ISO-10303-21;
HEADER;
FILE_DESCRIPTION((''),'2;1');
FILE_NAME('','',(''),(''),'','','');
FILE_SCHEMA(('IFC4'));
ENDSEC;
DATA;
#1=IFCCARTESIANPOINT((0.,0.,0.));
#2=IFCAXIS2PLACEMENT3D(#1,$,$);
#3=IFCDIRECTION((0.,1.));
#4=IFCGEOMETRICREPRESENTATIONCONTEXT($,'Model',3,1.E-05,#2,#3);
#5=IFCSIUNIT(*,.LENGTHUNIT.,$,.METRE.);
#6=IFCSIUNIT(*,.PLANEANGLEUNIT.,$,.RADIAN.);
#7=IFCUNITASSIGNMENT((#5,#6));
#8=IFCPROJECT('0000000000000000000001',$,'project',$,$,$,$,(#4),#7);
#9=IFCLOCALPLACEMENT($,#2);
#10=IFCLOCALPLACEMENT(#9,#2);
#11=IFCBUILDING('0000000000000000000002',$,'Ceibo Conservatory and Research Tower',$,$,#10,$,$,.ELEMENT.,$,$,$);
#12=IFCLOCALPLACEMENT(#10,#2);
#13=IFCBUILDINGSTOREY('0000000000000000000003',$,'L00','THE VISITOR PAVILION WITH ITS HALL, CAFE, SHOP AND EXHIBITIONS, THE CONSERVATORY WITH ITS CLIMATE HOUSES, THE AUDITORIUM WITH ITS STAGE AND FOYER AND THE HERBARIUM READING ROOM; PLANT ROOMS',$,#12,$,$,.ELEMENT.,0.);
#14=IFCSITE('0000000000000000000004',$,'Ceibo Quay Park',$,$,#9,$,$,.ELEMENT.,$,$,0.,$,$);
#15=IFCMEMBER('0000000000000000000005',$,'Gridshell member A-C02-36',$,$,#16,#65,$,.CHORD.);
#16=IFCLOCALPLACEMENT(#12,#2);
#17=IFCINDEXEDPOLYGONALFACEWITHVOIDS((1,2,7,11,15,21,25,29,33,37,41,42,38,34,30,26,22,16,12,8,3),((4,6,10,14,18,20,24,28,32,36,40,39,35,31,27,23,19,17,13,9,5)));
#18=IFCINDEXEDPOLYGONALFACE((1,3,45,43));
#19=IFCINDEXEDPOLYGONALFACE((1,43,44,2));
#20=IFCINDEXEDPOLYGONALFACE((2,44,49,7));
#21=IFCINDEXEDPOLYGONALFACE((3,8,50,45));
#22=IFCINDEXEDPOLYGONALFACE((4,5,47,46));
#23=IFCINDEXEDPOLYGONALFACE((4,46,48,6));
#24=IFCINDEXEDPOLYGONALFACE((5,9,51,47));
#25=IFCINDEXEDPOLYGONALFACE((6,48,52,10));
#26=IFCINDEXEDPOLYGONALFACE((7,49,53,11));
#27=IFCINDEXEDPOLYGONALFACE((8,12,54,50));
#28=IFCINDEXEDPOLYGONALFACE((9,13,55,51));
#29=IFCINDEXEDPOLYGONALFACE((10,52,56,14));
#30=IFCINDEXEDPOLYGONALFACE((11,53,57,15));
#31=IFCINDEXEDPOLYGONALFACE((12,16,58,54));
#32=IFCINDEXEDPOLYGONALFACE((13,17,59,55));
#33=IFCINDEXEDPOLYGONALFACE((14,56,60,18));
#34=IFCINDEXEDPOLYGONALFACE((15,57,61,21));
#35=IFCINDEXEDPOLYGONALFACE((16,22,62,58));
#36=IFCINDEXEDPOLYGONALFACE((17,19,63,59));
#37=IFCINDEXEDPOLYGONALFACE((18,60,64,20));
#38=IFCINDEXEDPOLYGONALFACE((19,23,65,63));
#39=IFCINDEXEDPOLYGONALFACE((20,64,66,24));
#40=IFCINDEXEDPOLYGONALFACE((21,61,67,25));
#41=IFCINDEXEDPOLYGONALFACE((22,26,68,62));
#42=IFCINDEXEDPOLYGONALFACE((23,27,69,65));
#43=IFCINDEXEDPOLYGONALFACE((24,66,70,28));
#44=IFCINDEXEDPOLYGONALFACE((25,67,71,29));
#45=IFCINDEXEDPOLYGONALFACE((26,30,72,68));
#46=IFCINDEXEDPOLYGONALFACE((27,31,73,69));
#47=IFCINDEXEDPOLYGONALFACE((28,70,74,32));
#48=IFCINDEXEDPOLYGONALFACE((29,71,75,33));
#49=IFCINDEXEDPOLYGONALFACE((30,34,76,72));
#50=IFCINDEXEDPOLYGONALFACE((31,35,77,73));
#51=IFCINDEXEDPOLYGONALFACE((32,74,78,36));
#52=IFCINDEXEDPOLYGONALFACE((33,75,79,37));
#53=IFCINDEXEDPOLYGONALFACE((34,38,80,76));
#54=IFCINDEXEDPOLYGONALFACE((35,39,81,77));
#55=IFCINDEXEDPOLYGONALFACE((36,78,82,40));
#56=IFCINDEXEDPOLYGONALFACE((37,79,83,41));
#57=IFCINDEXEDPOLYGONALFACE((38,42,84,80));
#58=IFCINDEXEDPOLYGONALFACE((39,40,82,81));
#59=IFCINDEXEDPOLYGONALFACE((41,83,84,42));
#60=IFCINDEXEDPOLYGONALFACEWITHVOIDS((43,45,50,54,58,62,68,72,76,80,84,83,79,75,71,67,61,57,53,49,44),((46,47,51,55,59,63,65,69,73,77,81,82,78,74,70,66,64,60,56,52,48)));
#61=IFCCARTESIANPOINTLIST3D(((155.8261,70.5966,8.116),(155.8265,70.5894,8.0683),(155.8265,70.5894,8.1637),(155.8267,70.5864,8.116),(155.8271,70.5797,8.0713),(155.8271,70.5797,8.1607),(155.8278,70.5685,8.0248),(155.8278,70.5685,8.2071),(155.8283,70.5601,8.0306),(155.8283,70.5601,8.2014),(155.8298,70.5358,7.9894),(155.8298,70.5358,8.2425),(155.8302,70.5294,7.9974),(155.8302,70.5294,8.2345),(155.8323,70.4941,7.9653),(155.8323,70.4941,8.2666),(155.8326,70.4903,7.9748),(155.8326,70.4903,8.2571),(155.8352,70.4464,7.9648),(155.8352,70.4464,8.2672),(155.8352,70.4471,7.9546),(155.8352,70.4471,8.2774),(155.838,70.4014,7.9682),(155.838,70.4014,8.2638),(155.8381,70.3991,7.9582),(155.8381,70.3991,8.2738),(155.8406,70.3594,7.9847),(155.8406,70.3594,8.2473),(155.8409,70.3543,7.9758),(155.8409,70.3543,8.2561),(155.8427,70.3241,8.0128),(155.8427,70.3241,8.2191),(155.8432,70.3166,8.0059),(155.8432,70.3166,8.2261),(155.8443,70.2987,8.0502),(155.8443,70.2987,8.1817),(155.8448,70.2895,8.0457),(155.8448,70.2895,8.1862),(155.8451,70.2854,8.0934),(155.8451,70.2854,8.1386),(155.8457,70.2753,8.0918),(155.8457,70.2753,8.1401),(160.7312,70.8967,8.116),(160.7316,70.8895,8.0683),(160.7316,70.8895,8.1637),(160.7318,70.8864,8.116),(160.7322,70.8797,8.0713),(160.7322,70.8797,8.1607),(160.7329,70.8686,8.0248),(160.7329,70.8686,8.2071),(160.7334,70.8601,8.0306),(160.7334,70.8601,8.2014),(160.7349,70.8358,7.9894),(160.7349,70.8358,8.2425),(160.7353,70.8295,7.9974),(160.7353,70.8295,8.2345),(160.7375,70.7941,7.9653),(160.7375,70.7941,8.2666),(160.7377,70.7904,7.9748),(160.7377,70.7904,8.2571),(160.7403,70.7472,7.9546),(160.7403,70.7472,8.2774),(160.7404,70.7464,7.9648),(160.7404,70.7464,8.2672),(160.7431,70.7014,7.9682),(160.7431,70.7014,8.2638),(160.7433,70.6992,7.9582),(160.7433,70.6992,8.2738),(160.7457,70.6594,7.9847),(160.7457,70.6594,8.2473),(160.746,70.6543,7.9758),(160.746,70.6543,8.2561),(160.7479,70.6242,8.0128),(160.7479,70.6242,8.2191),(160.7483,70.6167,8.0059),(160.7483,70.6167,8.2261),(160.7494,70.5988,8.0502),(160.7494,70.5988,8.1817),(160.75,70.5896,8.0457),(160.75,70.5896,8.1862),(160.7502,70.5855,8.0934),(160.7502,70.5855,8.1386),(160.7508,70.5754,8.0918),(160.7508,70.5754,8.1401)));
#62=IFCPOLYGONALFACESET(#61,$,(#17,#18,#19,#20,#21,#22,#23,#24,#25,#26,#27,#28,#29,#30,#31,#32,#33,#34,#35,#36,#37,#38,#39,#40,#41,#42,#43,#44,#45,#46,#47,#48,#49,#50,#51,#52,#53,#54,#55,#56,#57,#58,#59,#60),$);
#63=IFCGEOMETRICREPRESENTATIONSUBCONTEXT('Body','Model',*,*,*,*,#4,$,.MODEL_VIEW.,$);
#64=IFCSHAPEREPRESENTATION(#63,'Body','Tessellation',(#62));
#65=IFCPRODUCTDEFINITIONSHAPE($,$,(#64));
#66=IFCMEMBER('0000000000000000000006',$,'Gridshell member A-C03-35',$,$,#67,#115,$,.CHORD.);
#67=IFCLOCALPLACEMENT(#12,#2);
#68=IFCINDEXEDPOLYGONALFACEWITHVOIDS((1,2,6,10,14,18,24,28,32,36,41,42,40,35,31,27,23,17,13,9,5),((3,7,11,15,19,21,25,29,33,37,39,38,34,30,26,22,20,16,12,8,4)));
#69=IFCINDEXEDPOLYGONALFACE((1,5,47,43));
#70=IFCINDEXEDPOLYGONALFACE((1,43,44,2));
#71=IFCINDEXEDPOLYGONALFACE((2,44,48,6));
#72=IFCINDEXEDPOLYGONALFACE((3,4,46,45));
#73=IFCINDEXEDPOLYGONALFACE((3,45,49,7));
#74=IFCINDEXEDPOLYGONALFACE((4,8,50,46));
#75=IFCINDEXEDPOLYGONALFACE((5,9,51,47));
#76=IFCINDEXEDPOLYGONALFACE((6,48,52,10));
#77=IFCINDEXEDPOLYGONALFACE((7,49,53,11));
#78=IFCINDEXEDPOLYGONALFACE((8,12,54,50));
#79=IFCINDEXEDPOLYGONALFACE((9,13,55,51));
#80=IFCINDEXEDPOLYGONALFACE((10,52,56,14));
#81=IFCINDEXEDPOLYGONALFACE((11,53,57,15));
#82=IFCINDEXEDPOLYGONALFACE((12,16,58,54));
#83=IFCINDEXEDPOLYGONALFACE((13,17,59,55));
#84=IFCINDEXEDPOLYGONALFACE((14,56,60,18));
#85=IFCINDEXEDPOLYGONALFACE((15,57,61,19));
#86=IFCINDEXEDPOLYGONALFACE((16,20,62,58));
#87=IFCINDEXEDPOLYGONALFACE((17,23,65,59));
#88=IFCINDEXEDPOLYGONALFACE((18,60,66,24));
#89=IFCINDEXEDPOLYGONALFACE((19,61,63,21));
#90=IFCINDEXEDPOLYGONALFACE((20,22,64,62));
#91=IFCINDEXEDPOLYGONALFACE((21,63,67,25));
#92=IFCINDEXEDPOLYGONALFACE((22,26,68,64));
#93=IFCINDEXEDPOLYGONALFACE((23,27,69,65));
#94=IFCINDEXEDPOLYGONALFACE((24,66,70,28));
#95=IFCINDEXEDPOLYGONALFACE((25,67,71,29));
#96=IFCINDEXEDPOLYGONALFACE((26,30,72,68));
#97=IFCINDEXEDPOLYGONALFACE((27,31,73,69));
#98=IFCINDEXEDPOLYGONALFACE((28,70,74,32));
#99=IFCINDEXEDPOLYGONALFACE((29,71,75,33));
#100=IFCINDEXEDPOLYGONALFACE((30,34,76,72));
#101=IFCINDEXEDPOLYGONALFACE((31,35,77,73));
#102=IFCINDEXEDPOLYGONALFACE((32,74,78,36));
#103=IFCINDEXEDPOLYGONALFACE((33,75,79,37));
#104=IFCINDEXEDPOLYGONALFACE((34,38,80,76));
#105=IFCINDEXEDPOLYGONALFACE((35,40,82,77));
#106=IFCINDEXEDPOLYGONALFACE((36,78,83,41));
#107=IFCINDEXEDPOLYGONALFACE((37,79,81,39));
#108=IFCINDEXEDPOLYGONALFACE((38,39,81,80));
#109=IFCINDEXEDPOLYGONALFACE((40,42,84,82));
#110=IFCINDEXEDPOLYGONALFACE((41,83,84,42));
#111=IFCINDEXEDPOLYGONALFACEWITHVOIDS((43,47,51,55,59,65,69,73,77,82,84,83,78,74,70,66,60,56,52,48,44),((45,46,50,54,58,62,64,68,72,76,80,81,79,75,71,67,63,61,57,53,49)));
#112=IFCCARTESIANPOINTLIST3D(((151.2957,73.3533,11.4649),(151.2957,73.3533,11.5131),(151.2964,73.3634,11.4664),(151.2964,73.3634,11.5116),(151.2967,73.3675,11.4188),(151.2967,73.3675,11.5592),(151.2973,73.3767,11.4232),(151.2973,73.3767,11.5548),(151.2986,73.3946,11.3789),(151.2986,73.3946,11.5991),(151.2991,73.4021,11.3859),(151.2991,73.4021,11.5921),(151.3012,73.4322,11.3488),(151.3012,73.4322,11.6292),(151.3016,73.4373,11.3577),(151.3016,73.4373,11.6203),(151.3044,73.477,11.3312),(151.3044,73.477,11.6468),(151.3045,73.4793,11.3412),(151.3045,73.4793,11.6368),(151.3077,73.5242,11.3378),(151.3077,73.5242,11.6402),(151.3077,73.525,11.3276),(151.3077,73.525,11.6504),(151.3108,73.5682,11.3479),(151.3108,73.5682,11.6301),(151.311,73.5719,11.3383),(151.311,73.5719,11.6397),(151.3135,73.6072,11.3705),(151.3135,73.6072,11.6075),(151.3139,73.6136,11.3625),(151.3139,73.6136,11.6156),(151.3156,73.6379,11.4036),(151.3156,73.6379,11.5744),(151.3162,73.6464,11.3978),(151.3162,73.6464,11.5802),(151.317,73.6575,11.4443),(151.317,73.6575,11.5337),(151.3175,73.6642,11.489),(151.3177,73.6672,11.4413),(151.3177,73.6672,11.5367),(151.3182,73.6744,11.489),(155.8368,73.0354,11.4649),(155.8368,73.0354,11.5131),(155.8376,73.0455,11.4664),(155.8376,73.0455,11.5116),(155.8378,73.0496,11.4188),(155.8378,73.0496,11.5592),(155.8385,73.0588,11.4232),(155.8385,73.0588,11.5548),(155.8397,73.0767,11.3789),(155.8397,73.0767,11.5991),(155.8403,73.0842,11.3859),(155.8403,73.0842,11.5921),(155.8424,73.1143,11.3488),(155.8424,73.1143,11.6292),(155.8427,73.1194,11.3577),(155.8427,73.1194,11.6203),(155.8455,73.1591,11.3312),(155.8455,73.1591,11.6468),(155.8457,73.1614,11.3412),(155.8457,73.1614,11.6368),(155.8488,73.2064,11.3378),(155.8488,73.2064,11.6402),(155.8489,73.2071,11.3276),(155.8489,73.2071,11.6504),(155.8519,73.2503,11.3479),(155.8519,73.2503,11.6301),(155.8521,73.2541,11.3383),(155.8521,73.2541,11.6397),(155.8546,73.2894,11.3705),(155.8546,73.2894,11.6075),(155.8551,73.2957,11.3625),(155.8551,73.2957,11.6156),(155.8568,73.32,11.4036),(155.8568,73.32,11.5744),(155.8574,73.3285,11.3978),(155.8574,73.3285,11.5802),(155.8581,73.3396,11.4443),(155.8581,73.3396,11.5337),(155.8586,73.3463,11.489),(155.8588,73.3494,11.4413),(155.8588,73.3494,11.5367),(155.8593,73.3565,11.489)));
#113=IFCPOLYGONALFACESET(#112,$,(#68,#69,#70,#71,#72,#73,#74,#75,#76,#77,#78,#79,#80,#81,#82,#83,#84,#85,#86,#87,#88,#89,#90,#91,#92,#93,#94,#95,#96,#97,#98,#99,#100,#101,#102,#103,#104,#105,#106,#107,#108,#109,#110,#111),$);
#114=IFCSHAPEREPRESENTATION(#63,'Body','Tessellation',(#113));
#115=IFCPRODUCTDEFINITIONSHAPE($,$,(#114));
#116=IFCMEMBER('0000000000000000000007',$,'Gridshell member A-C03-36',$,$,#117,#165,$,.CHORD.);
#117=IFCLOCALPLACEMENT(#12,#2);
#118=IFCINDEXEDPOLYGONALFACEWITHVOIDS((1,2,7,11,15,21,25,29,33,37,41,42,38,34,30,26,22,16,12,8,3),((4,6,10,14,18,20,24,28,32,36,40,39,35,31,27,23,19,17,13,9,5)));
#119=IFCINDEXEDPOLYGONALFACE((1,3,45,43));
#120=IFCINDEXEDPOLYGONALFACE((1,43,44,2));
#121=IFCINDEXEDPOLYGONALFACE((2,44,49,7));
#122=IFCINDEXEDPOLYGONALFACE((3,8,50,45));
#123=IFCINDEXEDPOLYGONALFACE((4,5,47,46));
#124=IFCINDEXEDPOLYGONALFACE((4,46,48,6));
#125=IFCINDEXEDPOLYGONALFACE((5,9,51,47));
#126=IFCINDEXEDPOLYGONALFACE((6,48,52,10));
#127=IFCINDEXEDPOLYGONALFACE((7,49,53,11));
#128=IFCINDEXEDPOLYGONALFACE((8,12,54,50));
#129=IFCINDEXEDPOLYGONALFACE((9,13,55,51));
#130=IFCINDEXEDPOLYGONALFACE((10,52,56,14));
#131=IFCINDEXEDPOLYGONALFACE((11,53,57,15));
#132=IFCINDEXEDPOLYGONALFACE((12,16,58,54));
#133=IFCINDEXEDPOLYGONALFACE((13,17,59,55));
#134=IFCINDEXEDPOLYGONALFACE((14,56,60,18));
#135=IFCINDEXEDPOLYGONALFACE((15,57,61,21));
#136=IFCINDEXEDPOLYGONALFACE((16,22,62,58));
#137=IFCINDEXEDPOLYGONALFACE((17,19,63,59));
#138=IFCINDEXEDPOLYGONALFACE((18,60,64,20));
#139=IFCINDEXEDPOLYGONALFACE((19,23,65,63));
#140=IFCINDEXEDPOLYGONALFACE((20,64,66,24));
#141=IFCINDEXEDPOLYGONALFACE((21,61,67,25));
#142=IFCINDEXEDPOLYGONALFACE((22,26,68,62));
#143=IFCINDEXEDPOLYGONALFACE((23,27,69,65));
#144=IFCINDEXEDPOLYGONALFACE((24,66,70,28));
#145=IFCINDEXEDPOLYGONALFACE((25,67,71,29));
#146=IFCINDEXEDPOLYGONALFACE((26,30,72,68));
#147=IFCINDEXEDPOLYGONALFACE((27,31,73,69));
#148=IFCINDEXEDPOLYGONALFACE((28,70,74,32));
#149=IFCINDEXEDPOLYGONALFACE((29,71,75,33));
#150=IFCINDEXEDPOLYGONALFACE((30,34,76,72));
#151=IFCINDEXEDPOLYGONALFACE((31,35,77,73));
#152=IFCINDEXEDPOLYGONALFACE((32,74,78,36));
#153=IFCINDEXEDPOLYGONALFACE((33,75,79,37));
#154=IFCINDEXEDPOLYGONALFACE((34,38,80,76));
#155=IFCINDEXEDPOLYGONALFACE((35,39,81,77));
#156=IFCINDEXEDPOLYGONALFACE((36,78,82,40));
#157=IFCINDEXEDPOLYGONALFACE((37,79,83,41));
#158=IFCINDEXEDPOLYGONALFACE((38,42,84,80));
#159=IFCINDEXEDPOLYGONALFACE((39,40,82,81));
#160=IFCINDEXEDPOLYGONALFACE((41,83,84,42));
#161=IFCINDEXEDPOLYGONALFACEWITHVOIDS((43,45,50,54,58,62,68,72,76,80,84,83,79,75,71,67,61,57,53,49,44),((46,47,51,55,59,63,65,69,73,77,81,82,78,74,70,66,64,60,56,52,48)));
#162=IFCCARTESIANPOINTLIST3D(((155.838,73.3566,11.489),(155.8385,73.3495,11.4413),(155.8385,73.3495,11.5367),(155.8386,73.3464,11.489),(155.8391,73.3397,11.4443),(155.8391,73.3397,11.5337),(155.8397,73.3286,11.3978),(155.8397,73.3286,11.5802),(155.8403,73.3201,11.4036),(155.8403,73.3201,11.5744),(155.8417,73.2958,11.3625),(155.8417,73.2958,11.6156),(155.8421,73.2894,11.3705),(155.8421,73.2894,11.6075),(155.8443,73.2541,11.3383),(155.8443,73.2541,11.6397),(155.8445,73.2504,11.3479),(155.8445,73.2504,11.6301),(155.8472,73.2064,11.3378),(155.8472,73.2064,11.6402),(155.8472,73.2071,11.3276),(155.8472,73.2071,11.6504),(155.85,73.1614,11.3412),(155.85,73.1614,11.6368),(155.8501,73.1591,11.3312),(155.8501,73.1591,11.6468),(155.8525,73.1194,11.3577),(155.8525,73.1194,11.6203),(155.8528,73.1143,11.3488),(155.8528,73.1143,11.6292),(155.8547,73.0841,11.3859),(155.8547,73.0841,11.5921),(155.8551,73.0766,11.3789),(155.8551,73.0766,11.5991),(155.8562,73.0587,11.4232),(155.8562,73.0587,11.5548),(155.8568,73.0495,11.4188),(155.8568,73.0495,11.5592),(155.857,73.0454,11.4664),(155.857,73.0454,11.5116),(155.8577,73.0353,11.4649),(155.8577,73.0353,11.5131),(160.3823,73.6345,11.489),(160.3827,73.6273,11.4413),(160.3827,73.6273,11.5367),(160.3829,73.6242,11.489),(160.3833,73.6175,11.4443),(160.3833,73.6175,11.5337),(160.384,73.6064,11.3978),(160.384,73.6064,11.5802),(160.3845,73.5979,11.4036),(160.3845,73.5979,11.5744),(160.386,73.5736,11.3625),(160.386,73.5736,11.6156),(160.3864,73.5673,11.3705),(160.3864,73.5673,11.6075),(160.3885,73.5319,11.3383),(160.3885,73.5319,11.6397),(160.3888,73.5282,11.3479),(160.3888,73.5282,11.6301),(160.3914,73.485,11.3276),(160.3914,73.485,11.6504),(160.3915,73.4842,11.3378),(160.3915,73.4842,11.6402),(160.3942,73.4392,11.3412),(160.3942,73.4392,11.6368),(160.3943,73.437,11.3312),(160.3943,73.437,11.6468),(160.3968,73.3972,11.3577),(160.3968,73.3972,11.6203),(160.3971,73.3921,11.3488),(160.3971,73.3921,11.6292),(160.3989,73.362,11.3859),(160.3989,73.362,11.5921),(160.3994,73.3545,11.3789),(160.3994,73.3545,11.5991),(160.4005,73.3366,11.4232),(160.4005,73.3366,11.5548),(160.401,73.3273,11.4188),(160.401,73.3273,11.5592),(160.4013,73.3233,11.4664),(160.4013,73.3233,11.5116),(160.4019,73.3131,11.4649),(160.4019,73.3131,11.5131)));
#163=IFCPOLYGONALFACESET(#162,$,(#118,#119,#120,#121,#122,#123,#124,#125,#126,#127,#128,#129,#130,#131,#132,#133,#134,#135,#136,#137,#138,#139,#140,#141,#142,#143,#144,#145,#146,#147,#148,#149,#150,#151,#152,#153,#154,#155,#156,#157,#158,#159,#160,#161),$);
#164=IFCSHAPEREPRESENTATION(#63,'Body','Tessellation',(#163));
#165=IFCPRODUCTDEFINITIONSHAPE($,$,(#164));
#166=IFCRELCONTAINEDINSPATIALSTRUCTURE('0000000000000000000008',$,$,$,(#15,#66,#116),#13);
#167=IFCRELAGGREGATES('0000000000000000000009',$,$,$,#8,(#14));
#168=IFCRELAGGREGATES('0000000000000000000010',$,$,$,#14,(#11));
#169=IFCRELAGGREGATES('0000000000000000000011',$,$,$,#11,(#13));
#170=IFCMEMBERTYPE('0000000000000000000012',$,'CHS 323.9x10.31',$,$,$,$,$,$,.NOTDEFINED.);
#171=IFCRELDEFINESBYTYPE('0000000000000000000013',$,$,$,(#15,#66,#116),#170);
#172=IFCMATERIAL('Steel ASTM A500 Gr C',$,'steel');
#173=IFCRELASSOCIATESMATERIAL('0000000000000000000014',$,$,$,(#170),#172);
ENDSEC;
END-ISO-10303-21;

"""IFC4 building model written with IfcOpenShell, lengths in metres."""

from ifc_helpers import new_model, si_unit, direction, frame, origin, origin_2d, place, context, subcontext, project, spatial, hollow_circle, extrude, material, material_profile, profile_set, type_object, element, save


model = new_model("IFC4")

# Units and contexts
model_context = context("Model", 3, precision=1e-05, world=origin(), true_north=direction((0.0, 1.0)))
body_context = subcontext(model_context, "Body", "Model", "MODEL_VIEW")
ifc_project = project(units=[si_unit("LENGTHUNIT", "METRE"), si_unit("PLANEANGLEUNIT", "RADIAN")], contexts=[model_context])

# Site, building, storey
site_placement = place(None, origin())
site = spatial("IfcSite", under=ifc_project, at=site_placement, Name="Ceibo Quay Park", CompositionType="ELEMENT", RefElevation=0.0)
building_placement = place(site_placement, origin())
building = spatial("IfcBuilding", under=site, at=building_placement, Name="Ceibo Conservatory and Research Tower", CompositionType="ELEMENT")
storey_placement = place(building_placement, origin())
storey = spatial("IfcBuildingStorey", under=building, at=storey_placement, Name="L00", Description="THE VISITOR PAVILION WITH ITS HALL, CAFE, SHOP AND EXHIBITIONS, THE CONSERVATORY WITH ITS CLIMATE HOUSES, THE AUDITORIUM WITH ITS STAGE AND FOYER AND THE HERBARIUM READING ROOM; PLANT ROOMS", CompositionType="ELEMENT", Elevation=0.0)

# Members
ifc_material_1 = material(Name="Steel ASTM A500 Gr C", Category="steel")
ifc_material_profile_1 = material_profile(ifc_material_1, hollow_circle(Radius=0.1619, WallThickness=0.0103, at=origin_2d()), Name="CHS 323.9x10.31")
ifc_profile_set_1 = profile_set([ifc_material_profile_1], Name="Steel ASTM A500 Gr C")
member_type_1 = type_object("IfcMemberType", Name="CHS 323.9x10.31", PredefinedType="NOTDEFINED", material=ifc_profile_set_1)
member_1_placement = place(storey_placement, frame((155.8359, 70.4351, 8.116), z_axis=(0.998134, 0.061058, 0.0), x_axis=(-0.061058, 0.998134, 0.0)))
element("IfcMember", 1, at=member_1_placement, inside=storey, type_object=member_type_1, Name="Gridshell member A-C02-36", PredefinedType="CHORD", context=body_context, shape_type="SweptSolid", body=[
    extrude(hollow_circle(Radius=0.1619, WallThickness=0.0103, at=origin_2d()), origin(), (0.0, 0.0, 1.0), 4.9143),
])
member_2_placement = place(storey_placement, frame((151.3069, 73.5129, 11.489), z_axis=(0.997559, -0.069829, 0.0), x_axis=(0.069829, 0.997559, 0.0)))
element("IfcMember", 2, at=member_2_placement, inside=storey, type_object=member_type_1, Name="Gridshell member A-C03-35", PredefinedType="CHORD", context=body_context, shape_type="SweptSolid", body=[
    extrude(hollow_circle(Radius=0.1619, WallThickness=0.0103, at=origin_2d()), origin(), (0.0, 0.0, 1.0), 4.5522),
])
for number, where, z_axis, x_axis, name in (
    (3, (155.8479, 73.1951, 11.489), (0.998136, 0.061026, 0.0), (-0.061026, 0.998136, 0.0), "Gridshell member A-C03-36"),
):
    element("IfcMember", number, at=place(storey_placement, frame(where, z_axis=z_axis, x_axis=x_axis)), inside=storey, type_object=member_type_1, Name=name, PredefinedType="CHORD", context=body_context, shape_type="SweptSolid", body=[
        extrude(hollow_circle(Radius=0.1619, WallThickness=0.0103, at=origin_2d()), origin(), (0.0, 0.0, 1.0), 4.5527),
    ])

save(model, "model.ifc")
